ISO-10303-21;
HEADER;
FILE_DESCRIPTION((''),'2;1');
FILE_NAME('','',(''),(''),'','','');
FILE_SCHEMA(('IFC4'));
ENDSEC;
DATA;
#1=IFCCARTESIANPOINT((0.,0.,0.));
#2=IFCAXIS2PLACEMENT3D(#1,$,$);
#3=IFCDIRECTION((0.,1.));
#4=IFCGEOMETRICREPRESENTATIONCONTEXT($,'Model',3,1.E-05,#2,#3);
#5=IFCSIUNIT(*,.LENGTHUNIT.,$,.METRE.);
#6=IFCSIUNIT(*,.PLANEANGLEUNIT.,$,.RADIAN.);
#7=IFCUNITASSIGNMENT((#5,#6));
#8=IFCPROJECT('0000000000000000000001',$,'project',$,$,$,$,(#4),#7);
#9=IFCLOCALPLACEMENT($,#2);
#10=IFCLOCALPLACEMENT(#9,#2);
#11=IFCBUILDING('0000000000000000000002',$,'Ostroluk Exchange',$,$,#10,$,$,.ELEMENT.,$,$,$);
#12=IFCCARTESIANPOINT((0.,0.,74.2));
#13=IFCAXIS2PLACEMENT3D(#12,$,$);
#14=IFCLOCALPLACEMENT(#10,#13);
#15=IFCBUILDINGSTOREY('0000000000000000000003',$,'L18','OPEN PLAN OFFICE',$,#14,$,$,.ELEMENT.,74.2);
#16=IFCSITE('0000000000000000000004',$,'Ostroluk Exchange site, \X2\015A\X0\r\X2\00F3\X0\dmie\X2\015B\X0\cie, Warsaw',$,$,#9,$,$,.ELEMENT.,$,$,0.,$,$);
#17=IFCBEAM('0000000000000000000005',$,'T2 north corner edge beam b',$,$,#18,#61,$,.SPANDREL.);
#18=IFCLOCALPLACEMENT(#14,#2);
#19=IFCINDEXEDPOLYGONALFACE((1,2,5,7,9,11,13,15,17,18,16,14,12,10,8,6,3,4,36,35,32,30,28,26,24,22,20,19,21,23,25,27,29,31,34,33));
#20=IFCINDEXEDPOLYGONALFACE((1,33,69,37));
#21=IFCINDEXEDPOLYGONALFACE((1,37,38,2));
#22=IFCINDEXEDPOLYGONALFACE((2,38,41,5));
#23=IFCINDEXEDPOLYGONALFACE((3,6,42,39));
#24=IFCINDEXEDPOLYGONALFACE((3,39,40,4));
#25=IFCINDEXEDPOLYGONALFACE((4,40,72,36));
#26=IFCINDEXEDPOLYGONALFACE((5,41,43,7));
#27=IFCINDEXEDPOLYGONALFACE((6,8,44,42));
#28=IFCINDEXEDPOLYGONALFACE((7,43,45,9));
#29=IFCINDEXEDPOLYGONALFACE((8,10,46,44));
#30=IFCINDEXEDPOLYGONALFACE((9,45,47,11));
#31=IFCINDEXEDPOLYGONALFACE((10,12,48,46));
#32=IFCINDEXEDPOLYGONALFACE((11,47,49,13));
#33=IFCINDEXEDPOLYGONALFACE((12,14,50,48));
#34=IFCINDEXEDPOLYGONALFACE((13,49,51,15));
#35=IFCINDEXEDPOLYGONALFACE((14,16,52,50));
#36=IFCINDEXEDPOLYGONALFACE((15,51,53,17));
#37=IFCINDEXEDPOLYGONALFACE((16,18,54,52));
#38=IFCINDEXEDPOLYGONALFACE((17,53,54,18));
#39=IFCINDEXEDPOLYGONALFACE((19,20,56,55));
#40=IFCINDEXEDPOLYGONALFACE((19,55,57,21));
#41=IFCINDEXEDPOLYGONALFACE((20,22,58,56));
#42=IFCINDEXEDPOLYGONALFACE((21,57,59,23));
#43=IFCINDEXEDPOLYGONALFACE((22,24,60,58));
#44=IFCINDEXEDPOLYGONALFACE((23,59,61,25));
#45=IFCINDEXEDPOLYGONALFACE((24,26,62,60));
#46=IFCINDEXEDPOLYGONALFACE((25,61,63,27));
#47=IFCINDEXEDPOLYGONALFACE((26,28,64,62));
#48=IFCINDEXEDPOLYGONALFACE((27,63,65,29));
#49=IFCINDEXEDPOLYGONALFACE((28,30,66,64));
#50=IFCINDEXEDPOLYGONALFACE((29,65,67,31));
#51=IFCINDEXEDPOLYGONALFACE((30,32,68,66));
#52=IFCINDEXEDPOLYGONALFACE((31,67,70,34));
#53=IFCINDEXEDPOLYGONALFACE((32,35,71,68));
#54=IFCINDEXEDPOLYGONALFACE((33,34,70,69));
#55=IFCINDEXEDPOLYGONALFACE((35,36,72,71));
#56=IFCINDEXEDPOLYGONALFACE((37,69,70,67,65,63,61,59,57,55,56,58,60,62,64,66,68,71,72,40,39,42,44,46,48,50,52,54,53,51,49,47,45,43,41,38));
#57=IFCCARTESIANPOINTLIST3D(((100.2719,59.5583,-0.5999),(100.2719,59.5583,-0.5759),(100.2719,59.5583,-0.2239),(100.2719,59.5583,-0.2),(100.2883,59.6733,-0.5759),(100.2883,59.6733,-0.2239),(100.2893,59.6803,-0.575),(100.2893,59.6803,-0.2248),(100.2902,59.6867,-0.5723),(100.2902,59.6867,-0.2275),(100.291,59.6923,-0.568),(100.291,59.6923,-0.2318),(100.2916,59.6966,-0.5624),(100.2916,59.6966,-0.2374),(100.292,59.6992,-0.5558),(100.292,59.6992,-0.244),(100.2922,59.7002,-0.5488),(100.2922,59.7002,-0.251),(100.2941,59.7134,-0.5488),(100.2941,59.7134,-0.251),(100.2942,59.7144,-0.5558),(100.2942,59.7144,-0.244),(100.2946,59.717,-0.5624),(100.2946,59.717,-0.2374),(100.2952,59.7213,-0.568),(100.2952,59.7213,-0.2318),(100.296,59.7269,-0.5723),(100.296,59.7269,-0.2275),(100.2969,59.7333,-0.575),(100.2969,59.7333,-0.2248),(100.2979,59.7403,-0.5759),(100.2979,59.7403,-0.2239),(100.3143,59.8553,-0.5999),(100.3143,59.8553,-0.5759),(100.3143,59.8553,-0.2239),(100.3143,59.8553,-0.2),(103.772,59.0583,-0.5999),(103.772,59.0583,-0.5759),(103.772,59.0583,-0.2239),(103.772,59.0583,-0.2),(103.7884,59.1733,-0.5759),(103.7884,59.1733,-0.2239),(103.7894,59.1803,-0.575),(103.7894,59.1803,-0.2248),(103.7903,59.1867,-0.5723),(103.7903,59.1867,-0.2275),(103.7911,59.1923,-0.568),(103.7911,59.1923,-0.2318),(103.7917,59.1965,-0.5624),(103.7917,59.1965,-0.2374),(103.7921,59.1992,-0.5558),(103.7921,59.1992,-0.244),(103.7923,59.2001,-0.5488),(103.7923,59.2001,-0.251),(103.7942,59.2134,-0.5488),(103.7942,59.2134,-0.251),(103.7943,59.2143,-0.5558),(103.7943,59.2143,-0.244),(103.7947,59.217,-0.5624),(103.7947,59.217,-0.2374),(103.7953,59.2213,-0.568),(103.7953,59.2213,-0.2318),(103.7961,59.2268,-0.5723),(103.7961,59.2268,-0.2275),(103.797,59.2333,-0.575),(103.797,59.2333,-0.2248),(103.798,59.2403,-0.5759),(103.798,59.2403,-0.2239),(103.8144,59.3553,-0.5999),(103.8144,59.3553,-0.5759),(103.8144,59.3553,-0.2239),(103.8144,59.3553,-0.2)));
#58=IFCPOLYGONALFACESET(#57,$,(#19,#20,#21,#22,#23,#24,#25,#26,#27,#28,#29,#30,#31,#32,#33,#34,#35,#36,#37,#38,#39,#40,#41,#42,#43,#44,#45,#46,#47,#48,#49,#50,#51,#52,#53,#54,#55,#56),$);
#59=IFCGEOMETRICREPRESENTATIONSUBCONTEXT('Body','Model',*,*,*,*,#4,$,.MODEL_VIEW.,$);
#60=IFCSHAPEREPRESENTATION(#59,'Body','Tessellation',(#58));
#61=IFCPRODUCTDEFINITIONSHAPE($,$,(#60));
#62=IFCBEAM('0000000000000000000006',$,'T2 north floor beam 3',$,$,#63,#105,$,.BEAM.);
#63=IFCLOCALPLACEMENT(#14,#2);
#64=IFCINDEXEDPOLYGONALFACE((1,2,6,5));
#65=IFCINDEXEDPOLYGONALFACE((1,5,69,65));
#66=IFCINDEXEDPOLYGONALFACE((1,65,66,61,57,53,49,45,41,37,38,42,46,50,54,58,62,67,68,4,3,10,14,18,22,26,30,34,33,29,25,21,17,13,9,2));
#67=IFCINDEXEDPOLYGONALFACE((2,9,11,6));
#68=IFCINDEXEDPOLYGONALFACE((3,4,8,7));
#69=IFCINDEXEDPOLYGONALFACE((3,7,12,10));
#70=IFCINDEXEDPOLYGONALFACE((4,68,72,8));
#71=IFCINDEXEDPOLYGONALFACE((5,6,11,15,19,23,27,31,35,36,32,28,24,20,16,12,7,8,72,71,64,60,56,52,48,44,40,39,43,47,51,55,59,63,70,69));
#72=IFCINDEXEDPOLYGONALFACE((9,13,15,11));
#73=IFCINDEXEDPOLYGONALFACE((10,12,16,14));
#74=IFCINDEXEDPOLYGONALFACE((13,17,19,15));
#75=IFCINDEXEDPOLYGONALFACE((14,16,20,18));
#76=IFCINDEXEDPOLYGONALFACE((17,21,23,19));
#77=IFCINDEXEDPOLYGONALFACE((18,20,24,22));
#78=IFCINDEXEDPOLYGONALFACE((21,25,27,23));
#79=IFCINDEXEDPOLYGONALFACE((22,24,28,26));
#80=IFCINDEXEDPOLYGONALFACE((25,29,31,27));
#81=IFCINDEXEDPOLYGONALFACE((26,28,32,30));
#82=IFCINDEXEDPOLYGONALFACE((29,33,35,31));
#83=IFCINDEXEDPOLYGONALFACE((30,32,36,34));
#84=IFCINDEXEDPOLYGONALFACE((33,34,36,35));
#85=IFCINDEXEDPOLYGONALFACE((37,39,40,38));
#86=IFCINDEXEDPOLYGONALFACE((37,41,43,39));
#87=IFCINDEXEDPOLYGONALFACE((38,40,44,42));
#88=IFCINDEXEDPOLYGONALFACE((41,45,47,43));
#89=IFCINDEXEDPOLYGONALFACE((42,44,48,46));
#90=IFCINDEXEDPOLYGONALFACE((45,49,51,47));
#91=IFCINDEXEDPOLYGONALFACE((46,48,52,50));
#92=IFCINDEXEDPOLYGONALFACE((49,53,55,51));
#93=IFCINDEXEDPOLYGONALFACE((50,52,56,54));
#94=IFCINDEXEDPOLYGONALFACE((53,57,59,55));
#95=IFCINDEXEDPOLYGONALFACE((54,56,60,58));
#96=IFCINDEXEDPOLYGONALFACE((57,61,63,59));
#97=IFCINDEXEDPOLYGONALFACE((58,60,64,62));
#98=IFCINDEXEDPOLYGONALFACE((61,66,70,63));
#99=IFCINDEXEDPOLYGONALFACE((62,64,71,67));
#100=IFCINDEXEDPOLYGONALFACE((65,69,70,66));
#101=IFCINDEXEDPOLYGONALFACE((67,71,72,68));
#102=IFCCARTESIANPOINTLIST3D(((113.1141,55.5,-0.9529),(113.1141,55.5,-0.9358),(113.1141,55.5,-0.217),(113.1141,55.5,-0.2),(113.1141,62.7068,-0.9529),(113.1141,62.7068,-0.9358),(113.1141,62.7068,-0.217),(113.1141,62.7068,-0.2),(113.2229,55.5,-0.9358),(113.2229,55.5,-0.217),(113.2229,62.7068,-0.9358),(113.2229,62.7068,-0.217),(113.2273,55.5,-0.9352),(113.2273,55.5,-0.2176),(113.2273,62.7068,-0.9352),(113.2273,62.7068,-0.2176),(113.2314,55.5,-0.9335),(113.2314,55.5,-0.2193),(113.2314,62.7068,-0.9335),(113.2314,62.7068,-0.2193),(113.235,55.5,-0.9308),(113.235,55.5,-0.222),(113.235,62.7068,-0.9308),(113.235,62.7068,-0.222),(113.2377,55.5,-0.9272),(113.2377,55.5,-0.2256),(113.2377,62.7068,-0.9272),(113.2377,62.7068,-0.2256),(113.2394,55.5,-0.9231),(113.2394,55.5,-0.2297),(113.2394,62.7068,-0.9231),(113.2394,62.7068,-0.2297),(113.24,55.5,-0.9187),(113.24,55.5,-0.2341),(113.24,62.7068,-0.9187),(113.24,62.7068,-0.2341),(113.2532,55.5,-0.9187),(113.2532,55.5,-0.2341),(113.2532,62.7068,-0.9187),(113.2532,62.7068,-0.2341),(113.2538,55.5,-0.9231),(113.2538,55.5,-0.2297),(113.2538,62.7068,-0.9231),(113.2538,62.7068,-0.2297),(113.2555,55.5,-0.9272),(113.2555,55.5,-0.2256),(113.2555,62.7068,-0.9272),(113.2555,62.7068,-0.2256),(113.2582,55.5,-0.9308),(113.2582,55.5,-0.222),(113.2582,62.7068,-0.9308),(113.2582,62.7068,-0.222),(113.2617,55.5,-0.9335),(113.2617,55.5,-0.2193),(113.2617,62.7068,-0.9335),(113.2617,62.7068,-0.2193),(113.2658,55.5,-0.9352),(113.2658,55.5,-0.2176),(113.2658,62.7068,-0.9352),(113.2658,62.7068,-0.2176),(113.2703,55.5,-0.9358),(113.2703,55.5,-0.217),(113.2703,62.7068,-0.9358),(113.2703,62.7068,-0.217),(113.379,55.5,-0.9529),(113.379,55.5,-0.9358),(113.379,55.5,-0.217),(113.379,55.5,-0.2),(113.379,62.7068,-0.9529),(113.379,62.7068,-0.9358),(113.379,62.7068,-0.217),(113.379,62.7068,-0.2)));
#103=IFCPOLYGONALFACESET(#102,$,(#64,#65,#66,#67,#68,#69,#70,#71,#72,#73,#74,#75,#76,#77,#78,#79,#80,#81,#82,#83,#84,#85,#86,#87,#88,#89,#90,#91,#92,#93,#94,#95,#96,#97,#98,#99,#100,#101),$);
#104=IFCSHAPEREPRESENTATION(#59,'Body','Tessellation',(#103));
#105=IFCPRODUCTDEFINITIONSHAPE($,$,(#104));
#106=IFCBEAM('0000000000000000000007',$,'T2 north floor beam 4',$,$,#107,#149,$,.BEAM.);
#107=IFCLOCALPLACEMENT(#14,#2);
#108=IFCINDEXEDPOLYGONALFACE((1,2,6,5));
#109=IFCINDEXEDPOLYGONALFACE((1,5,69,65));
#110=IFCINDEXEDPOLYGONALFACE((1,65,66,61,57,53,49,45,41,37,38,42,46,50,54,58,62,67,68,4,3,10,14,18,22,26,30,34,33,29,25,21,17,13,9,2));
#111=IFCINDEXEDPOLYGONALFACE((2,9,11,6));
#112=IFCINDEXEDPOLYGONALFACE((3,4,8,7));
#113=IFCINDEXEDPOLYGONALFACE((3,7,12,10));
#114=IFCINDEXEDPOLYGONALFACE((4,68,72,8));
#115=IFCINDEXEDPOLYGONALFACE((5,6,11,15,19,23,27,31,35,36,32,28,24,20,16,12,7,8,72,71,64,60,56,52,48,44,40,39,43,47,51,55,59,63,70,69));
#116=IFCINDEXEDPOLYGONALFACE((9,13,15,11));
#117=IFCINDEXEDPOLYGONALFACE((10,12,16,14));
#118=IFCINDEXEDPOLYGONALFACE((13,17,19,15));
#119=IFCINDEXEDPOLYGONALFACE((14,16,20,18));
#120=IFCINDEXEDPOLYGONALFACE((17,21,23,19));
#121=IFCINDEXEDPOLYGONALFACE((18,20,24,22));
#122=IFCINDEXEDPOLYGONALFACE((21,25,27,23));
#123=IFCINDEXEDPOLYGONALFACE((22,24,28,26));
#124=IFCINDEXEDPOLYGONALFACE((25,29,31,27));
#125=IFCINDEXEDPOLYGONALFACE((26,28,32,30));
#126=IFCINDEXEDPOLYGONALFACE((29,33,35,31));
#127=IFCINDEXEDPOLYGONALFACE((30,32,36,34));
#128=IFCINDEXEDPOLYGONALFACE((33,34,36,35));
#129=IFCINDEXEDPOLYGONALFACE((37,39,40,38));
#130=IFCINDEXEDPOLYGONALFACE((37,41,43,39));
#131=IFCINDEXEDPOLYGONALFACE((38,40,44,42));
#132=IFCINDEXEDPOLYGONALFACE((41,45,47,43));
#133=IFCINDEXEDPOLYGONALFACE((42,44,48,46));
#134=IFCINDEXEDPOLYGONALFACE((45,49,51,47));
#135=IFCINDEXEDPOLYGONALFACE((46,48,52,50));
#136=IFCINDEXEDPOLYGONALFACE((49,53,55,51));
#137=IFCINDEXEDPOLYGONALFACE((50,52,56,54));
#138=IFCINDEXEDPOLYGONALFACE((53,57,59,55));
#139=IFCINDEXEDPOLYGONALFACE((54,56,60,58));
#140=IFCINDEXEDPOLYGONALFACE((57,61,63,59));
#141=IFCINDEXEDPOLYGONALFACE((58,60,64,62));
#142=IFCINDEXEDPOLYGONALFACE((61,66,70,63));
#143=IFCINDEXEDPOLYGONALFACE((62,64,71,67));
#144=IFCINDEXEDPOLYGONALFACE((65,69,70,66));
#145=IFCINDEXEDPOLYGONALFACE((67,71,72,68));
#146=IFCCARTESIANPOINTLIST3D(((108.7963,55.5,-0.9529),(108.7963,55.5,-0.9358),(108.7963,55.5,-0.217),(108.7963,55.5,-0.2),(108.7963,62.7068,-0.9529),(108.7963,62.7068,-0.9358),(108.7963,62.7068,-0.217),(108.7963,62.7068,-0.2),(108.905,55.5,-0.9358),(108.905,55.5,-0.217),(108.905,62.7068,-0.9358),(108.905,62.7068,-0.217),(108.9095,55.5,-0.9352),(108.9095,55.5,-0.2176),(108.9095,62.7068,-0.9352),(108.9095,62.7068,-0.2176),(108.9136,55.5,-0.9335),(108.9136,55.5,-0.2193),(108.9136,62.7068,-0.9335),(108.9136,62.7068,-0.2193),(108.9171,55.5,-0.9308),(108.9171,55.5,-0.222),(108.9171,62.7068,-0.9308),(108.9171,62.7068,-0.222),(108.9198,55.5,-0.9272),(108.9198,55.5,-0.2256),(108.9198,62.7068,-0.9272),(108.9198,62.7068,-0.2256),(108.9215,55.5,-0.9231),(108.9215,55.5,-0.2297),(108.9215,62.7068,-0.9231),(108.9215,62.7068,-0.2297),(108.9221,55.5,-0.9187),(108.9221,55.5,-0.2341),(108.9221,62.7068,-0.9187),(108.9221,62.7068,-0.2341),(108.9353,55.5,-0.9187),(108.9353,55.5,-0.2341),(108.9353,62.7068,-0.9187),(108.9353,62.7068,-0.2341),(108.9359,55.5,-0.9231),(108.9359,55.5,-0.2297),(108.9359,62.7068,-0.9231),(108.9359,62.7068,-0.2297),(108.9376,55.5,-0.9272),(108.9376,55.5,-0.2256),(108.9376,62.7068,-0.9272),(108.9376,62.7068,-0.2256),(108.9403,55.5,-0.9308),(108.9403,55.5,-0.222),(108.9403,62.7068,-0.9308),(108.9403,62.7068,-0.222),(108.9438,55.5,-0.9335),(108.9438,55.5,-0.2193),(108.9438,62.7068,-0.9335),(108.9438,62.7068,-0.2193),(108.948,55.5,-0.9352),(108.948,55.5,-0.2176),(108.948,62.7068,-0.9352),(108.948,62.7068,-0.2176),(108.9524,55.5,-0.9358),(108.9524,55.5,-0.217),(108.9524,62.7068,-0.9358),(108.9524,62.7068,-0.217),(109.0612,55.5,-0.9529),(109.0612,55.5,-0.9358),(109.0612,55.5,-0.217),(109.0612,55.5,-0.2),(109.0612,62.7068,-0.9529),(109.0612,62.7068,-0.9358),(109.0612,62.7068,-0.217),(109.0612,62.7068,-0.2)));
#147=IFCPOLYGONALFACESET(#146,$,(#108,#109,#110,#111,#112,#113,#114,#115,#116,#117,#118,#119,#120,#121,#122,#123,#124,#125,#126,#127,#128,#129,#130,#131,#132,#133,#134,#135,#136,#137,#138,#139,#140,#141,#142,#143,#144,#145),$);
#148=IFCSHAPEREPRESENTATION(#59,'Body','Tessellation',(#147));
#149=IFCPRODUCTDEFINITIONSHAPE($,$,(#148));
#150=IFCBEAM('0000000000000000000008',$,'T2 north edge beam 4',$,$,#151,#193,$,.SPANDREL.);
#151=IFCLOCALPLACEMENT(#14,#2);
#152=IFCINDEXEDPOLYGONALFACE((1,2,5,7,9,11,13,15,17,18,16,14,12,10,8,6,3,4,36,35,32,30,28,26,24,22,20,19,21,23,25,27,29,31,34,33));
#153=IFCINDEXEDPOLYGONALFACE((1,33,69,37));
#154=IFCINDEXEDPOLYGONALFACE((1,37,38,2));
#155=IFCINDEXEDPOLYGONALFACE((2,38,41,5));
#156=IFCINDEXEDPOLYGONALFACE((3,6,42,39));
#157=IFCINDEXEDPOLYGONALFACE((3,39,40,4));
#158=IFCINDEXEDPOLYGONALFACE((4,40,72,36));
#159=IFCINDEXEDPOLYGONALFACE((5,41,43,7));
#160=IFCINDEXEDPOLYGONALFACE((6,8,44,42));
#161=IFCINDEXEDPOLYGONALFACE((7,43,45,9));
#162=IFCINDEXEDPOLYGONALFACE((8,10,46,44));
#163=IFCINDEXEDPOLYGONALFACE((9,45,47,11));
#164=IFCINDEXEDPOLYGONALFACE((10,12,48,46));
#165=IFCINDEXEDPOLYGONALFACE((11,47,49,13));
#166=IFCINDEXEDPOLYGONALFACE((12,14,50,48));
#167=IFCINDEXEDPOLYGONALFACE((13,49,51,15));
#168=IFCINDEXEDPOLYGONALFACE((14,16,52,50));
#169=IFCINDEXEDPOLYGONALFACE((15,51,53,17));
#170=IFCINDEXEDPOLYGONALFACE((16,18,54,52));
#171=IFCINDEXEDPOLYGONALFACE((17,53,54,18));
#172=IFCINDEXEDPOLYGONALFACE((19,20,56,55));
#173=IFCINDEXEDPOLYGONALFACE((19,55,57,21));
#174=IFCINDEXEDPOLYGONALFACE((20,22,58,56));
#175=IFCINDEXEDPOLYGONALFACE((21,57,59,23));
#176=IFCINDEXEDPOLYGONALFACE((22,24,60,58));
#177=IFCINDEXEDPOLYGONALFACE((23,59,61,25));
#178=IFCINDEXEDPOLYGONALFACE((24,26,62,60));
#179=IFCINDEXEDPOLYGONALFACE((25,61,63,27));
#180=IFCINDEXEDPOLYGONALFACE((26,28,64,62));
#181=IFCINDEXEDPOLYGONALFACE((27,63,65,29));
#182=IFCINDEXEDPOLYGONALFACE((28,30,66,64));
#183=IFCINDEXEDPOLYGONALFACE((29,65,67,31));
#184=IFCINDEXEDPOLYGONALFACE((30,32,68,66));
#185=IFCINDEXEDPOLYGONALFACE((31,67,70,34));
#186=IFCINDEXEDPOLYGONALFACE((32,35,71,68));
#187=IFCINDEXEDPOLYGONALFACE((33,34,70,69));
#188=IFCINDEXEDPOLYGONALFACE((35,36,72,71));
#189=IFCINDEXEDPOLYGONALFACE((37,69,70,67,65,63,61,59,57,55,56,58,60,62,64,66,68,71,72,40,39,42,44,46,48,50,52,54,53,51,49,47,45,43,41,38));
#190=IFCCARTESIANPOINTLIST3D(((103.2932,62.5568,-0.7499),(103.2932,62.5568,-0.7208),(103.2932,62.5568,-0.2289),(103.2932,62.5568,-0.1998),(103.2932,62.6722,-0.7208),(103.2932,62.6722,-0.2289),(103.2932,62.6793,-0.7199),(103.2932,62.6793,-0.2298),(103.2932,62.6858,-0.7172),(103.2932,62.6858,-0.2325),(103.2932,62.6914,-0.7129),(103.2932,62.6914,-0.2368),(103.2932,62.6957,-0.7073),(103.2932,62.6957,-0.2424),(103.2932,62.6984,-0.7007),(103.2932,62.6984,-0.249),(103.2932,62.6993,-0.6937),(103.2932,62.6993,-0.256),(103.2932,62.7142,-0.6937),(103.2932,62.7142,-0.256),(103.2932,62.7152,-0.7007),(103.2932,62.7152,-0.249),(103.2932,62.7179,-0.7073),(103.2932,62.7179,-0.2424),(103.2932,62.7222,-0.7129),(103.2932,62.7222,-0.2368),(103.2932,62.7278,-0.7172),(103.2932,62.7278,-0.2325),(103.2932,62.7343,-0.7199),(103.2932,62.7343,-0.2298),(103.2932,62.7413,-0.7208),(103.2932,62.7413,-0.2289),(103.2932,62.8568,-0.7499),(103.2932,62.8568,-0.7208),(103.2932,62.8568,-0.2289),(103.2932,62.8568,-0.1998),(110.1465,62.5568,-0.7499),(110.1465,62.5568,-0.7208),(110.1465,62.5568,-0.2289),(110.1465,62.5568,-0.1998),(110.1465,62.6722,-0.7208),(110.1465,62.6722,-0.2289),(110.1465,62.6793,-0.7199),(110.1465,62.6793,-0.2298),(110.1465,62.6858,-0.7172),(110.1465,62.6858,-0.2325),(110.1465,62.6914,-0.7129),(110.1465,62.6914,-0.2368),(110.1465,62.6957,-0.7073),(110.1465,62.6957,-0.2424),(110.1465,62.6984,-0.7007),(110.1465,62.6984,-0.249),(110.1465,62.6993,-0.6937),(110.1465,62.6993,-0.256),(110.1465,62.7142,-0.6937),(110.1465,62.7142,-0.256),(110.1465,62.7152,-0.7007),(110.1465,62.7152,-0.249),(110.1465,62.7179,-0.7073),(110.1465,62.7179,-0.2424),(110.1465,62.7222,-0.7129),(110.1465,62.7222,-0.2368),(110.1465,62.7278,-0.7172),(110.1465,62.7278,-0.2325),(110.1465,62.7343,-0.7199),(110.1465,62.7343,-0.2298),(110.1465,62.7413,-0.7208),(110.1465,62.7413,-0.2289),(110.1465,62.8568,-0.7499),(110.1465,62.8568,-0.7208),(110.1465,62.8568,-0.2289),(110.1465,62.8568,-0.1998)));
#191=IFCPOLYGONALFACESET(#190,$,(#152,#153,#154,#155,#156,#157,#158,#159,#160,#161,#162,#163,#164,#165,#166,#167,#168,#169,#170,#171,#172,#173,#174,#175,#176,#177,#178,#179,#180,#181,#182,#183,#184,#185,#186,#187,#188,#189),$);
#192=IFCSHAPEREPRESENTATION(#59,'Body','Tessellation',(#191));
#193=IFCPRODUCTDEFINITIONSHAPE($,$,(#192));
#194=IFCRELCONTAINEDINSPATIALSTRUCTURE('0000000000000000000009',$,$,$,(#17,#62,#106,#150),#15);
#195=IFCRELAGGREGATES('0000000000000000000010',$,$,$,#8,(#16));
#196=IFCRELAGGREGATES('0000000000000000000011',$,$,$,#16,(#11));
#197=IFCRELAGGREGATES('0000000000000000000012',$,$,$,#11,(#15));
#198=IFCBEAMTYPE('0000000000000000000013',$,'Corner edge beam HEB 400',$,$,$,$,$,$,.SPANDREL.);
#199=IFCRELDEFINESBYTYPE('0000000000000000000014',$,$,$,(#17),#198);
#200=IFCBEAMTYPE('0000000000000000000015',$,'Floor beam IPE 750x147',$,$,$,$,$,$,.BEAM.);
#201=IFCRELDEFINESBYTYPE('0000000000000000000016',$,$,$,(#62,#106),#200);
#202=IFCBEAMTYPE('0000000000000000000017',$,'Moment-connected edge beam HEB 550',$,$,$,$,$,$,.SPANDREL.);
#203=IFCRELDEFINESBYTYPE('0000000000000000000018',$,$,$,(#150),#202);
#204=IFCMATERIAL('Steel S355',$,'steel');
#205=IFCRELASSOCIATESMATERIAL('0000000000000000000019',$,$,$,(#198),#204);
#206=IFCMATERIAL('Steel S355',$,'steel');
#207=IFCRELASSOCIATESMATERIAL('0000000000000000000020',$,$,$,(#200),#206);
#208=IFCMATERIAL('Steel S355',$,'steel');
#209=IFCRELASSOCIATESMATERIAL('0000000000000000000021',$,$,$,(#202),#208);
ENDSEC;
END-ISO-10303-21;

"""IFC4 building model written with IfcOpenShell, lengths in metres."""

from ifc_helpers import new_model, si_unit, direction, frame, origin, origin_2d, place, context, subcontext, project, spatial, i_section, extrude, material, material_profile, profile_set, type_object, element, save


model = new_model("IFC4")

# Units and contexts
model_context = context("Model", 3, precision=1e-05, world=origin(), true_north=direction((0.0, 1.0)))
body_context = subcontext(model_context, "Body", "Model", "MODEL_VIEW")
ifc_project = project(units=[si_unit("LENGTHUNIT", "METRE"), si_unit("PLANEANGLEUNIT", "RADIAN")], contexts=[model_context])

# Site, building, storey
site_placement = place(None, origin())
site = spatial("IfcSite", under=ifc_project, at=site_placement, Name="Ostroluk Exchange site, Śródmieście, Warsaw", CompositionType="ELEMENT", RefElevation=0.0)
building_placement = place(site_placement, origin())
building = spatial("IfcBuilding", under=site, at=building_placement, Name="Ostroluk Exchange", CompositionType="ELEMENT")
storey_placement = place(building_placement, frame((0.0, 0.0, 74.2)))
storey = spatial("IfcBuildingStorey", under=building, at=storey_placement, Name="L18", Description="OPEN PLAN OFFICE", CompositionType="ELEMENT", Elevation=74.2)

# Beams
ifc_material_1 = material(Name="Steel S355", Category="steel")
ifc_material_profile_1 = material_profile(ifc_material_1, i_section(OverallWidth=0.3, OverallDepth=0.3999, WebThickness=0.0134, FlangeThickness=0.0239, FilletRadius=0.0271, at=origin_2d()), Name="HEB 400")
ifc_profile_set_1 = profile_set([ifc_material_profile_1], Name="Steel S355")
beam_type_1 = type_object("IfcBeamType", Name="Corner edge beam HEB 400", PredefinedType="SPANDREL", material=ifc_profile_set_1)
for number, where, z_axis, x_axis, name in (
    (1, (103.7932, 59.2068, -0.3999), (-0.989949, 0.141421, 0.0), (-0.141421, -0.989949, 0.0), "T2 north corner edge beam b"),
):
    element("IfcBeam", number, at=place(storey_placement, frame(where, z_axis=z_axis, x_axis=x_axis)), inside=storey, type_object=beam_type_1, Name=name, PredefinedType="SPANDREL", context=body_context, shape_type="SweptSolid", body=[
        extrude(i_section(OverallWidth=0.3, OverallDepth=0.3999, WebThickness=0.0134, FlangeThickness=0.0239, FilletRadius=0.0271, at=origin_2d()), origin(), (0.0, 0.0, 1.0), 3.5356),
    ])
ifc_material_2 = material(Name="Steel S355", Category="steel")
ifc_material_profile_2 = material_profile(ifc_material_2, i_section(OverallWidth=0.2649, OverallDepth=0.7529, WebThickness=0.0132, FlangeThickness=0.0171, FilletRadius=0.0171, at=origin_2d()), Name="IPE 750x147")
ifc_profile_set_2 = profile_set([ifc_material_profile_2], Name="Steel S355")
beam_type_2 = type_object("IfcBeamType", Name="Floor beam IPE 750x147", PredefinedType="BEAM", material=ifc_profile_set_2)
for number, where, z_axis, x_axis, name in (
    (2, (113.2466, 55.5, -0.5764), (0.0, 1.0, 0.0), (-1.0, 0.0, 0.0), "T2 north floor beam 3"),
    (3, (108.9287, 55.5, -0.5764), (0.0, 1.0, 0.0), (-1.0, 0.0, 0.0), "T2 north floor beam 4"),
):
    element("IfcBeam", number, at=place(storey_placement, frame(where, z_axis=z_axis, x_axis=x_axis)), inside=storey, type_object=beam_type_2, Name=name, PredefinedType="BEAM", context=body_context, shape_type="SweptSolid", body=[
        extrude(i_section(OverallWidth=0.2649, OverallDepth=0.7529, WebThickness=0.0132, FlangeThickness=0.0171, FilletRadius=0.0171, at=origin_2d()), origin(), (0.0, 0.0, 1.0), 7.2068),
    ])
ifc_material_3 = material(Name="Steel S355", Category="steel")
ifc_material_profile_3 = material_profile(ifc_material_3, i_section(OverallWidth=0.3, OverallDepth=0.55, WebThickness=0.0149, FlangeThickness=0.0291, FilletRadius=0.0271, at=origin_2d()), Name="HEB 550")
ifc_profile_set_3 = profile_set([ifc_material_profile_3], Name="Steel S355")
beam_type_3 = type_object("IfcBeamType", Name="Moment-connected edge beam HEB 550", PredefinedType="SPANDREL", material=ifc_profile_set_3)
beam_1_placement = place(storey_placement, frame((110.1465, 62.7068, -0.4749), z_axis=(-1.0, 0.0, 0.0), x_axis=(0.0, -1.0, 0.0)))
element("IfcBeam", 4, at=beam_1_placement, inside=storey, type_object=beam_type_3, Name="T2 north edge beam 4", PredefinedType="SPANDREL", context=body_context, shape_type="SweptSolid", body=[
    extrude(i_section(OverallWidth=0.3, OverallDepth=0.55, WebThickness=0.0149, FlangeThickness=0.0291, FilletRadius=0.0271, at=origin_2d()), origin(), (0.0, 0.0, 1.0), 6.8533),
])

save(model, "model.ifc")
